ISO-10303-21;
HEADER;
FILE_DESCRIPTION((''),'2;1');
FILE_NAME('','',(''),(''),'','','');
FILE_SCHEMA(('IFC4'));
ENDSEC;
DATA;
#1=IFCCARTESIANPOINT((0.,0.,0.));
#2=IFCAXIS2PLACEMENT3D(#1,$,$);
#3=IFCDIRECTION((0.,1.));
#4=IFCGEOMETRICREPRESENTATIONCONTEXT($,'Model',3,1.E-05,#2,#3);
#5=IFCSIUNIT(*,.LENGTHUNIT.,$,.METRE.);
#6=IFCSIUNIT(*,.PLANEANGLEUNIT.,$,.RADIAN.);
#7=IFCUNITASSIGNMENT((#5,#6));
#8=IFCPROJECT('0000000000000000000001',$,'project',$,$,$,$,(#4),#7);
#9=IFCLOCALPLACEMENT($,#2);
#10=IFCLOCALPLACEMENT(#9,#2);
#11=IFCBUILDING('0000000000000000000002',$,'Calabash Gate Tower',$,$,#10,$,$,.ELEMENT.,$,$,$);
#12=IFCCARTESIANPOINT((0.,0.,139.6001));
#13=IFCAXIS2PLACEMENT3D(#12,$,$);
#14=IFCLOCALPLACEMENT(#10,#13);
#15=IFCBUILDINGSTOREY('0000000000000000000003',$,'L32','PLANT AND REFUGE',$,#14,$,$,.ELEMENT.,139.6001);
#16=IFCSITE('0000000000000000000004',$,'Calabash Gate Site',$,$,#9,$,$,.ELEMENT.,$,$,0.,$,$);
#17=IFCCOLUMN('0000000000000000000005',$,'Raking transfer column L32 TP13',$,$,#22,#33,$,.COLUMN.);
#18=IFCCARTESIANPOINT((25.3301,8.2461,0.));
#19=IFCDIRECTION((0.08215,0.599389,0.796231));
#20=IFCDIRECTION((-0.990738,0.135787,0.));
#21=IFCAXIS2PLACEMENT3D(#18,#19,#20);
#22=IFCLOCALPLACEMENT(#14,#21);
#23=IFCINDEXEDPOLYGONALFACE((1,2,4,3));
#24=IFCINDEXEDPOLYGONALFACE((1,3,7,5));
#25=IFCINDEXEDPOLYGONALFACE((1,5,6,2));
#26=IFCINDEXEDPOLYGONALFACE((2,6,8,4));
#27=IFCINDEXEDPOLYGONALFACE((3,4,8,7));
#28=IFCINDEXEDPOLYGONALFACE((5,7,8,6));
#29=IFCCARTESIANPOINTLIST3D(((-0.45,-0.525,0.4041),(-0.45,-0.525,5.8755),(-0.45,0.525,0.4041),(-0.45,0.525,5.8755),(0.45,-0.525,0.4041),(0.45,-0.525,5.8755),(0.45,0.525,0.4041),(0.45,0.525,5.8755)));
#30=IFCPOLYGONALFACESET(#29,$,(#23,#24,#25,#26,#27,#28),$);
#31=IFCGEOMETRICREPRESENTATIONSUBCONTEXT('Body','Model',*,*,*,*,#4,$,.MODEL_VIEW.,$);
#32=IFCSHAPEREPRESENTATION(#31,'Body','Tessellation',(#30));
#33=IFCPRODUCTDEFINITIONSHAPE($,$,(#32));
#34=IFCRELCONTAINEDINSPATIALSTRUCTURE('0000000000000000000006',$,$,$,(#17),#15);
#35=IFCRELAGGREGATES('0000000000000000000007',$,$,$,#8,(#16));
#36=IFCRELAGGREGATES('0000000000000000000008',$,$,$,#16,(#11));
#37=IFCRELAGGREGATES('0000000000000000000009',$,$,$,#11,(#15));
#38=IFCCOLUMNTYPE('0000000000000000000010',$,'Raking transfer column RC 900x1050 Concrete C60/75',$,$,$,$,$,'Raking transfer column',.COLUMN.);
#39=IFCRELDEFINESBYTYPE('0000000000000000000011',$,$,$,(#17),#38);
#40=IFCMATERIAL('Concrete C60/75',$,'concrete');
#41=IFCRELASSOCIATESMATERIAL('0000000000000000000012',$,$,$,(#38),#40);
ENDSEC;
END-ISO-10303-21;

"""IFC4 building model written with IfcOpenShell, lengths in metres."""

from ifc_helpers import new_model, si_unit, direction, frame, origin, origin_2d, place, context, subcontext, project, spatial, rectangle, extrude, clip, halfspace, material, material_profile, profile_set, type_object, element, save


model = new_model("IFC4")

# Units and contexts
model_context = context("Model", 3, precision=1e-05, world=origin(), true_north=direction((0.0, 1.0)))
body_context = subcontext(model_context, "Body", "Model", "MODEL_VIEW")
ifc_project = project(units=[si_unit("LENGTHUNIT", "METRE"), si_unit("PLANEANGLEUNIT", "RADIAN")], contexts=[model_context])

# Site, building, storey
site_placement = place(None, origin())
site = spatial("IfcSite", under=ifc_project, at=site_placement, Name="Calabash Gate Site", CompositionType="ELEMENT", RefElevation=0.0)
building_placement = place(site_placement, origin())
building = spatial("IfcBuilding", under=site, at=building_placement, Name="Calabash Gate Tower", CompositionType="ELEMENT")
storey_placement = place(building_placement, frame((0.0, 0.0, 139.6001)))
storey = spatial("IfcBuildingStorey", under=building, at=storey_placement, Name="L32", Description="PLANT AND REFUGE", CompositionType="ELEMENT", Elevation=139.6001)

# Column
ifc_material_1 = material(Name="Concrete C60/75", Category="concrete")
ifc_material_profile_1 = material_profile(ifc_material_1, rectangle(XDim=0.8999, YDim=1.05, at=origin_2d()))
ifc_profile_set_1 = profile_set([ifc_material_profile_1], Name="Concrete C60/75")
column_type = type_object("IfcColumnType", Name="Raking transfer column RC 900x1050 Concrete C60/75", ElementType="Raking transfer column", PredefinedType="COLUMN", material=ifc_profile_set_1)
column_placement = place(storey_placement, frame((25.3301, 8.2461, 0.0), z_axis=(0.08215, 0.599389, 0.796231), x_axis=(-0.990738, 0.135787, 0.0)))
element("IfcColumn", 1, at=column_placement, inside=storey, type_object=column_type, Name="Raking transfer column L32 TP13", PredefinedType="COLUMN", context=body_context, shape_type="Clipping", body=[
    clip(clip(extrude(rectangle(XDim=0.8999, YDim=1.05, at=origin_2d()), origin(), (0.0, 0.0, 1.0), 6.2795), halfspace(frame((0.0, 0.0, 0.4041), z_axis=(0.0, 0.0, 1.0), x_axis=(1.0, 0.0, 0.0)), True)), halfspace(frame((0.0, 0.0, 5.8755), z_axis=(0.0, 0.0, 1.0), x_axis=(1.0, 0.0, 0.0)), False)),
])

save(model, "model.ifc")
